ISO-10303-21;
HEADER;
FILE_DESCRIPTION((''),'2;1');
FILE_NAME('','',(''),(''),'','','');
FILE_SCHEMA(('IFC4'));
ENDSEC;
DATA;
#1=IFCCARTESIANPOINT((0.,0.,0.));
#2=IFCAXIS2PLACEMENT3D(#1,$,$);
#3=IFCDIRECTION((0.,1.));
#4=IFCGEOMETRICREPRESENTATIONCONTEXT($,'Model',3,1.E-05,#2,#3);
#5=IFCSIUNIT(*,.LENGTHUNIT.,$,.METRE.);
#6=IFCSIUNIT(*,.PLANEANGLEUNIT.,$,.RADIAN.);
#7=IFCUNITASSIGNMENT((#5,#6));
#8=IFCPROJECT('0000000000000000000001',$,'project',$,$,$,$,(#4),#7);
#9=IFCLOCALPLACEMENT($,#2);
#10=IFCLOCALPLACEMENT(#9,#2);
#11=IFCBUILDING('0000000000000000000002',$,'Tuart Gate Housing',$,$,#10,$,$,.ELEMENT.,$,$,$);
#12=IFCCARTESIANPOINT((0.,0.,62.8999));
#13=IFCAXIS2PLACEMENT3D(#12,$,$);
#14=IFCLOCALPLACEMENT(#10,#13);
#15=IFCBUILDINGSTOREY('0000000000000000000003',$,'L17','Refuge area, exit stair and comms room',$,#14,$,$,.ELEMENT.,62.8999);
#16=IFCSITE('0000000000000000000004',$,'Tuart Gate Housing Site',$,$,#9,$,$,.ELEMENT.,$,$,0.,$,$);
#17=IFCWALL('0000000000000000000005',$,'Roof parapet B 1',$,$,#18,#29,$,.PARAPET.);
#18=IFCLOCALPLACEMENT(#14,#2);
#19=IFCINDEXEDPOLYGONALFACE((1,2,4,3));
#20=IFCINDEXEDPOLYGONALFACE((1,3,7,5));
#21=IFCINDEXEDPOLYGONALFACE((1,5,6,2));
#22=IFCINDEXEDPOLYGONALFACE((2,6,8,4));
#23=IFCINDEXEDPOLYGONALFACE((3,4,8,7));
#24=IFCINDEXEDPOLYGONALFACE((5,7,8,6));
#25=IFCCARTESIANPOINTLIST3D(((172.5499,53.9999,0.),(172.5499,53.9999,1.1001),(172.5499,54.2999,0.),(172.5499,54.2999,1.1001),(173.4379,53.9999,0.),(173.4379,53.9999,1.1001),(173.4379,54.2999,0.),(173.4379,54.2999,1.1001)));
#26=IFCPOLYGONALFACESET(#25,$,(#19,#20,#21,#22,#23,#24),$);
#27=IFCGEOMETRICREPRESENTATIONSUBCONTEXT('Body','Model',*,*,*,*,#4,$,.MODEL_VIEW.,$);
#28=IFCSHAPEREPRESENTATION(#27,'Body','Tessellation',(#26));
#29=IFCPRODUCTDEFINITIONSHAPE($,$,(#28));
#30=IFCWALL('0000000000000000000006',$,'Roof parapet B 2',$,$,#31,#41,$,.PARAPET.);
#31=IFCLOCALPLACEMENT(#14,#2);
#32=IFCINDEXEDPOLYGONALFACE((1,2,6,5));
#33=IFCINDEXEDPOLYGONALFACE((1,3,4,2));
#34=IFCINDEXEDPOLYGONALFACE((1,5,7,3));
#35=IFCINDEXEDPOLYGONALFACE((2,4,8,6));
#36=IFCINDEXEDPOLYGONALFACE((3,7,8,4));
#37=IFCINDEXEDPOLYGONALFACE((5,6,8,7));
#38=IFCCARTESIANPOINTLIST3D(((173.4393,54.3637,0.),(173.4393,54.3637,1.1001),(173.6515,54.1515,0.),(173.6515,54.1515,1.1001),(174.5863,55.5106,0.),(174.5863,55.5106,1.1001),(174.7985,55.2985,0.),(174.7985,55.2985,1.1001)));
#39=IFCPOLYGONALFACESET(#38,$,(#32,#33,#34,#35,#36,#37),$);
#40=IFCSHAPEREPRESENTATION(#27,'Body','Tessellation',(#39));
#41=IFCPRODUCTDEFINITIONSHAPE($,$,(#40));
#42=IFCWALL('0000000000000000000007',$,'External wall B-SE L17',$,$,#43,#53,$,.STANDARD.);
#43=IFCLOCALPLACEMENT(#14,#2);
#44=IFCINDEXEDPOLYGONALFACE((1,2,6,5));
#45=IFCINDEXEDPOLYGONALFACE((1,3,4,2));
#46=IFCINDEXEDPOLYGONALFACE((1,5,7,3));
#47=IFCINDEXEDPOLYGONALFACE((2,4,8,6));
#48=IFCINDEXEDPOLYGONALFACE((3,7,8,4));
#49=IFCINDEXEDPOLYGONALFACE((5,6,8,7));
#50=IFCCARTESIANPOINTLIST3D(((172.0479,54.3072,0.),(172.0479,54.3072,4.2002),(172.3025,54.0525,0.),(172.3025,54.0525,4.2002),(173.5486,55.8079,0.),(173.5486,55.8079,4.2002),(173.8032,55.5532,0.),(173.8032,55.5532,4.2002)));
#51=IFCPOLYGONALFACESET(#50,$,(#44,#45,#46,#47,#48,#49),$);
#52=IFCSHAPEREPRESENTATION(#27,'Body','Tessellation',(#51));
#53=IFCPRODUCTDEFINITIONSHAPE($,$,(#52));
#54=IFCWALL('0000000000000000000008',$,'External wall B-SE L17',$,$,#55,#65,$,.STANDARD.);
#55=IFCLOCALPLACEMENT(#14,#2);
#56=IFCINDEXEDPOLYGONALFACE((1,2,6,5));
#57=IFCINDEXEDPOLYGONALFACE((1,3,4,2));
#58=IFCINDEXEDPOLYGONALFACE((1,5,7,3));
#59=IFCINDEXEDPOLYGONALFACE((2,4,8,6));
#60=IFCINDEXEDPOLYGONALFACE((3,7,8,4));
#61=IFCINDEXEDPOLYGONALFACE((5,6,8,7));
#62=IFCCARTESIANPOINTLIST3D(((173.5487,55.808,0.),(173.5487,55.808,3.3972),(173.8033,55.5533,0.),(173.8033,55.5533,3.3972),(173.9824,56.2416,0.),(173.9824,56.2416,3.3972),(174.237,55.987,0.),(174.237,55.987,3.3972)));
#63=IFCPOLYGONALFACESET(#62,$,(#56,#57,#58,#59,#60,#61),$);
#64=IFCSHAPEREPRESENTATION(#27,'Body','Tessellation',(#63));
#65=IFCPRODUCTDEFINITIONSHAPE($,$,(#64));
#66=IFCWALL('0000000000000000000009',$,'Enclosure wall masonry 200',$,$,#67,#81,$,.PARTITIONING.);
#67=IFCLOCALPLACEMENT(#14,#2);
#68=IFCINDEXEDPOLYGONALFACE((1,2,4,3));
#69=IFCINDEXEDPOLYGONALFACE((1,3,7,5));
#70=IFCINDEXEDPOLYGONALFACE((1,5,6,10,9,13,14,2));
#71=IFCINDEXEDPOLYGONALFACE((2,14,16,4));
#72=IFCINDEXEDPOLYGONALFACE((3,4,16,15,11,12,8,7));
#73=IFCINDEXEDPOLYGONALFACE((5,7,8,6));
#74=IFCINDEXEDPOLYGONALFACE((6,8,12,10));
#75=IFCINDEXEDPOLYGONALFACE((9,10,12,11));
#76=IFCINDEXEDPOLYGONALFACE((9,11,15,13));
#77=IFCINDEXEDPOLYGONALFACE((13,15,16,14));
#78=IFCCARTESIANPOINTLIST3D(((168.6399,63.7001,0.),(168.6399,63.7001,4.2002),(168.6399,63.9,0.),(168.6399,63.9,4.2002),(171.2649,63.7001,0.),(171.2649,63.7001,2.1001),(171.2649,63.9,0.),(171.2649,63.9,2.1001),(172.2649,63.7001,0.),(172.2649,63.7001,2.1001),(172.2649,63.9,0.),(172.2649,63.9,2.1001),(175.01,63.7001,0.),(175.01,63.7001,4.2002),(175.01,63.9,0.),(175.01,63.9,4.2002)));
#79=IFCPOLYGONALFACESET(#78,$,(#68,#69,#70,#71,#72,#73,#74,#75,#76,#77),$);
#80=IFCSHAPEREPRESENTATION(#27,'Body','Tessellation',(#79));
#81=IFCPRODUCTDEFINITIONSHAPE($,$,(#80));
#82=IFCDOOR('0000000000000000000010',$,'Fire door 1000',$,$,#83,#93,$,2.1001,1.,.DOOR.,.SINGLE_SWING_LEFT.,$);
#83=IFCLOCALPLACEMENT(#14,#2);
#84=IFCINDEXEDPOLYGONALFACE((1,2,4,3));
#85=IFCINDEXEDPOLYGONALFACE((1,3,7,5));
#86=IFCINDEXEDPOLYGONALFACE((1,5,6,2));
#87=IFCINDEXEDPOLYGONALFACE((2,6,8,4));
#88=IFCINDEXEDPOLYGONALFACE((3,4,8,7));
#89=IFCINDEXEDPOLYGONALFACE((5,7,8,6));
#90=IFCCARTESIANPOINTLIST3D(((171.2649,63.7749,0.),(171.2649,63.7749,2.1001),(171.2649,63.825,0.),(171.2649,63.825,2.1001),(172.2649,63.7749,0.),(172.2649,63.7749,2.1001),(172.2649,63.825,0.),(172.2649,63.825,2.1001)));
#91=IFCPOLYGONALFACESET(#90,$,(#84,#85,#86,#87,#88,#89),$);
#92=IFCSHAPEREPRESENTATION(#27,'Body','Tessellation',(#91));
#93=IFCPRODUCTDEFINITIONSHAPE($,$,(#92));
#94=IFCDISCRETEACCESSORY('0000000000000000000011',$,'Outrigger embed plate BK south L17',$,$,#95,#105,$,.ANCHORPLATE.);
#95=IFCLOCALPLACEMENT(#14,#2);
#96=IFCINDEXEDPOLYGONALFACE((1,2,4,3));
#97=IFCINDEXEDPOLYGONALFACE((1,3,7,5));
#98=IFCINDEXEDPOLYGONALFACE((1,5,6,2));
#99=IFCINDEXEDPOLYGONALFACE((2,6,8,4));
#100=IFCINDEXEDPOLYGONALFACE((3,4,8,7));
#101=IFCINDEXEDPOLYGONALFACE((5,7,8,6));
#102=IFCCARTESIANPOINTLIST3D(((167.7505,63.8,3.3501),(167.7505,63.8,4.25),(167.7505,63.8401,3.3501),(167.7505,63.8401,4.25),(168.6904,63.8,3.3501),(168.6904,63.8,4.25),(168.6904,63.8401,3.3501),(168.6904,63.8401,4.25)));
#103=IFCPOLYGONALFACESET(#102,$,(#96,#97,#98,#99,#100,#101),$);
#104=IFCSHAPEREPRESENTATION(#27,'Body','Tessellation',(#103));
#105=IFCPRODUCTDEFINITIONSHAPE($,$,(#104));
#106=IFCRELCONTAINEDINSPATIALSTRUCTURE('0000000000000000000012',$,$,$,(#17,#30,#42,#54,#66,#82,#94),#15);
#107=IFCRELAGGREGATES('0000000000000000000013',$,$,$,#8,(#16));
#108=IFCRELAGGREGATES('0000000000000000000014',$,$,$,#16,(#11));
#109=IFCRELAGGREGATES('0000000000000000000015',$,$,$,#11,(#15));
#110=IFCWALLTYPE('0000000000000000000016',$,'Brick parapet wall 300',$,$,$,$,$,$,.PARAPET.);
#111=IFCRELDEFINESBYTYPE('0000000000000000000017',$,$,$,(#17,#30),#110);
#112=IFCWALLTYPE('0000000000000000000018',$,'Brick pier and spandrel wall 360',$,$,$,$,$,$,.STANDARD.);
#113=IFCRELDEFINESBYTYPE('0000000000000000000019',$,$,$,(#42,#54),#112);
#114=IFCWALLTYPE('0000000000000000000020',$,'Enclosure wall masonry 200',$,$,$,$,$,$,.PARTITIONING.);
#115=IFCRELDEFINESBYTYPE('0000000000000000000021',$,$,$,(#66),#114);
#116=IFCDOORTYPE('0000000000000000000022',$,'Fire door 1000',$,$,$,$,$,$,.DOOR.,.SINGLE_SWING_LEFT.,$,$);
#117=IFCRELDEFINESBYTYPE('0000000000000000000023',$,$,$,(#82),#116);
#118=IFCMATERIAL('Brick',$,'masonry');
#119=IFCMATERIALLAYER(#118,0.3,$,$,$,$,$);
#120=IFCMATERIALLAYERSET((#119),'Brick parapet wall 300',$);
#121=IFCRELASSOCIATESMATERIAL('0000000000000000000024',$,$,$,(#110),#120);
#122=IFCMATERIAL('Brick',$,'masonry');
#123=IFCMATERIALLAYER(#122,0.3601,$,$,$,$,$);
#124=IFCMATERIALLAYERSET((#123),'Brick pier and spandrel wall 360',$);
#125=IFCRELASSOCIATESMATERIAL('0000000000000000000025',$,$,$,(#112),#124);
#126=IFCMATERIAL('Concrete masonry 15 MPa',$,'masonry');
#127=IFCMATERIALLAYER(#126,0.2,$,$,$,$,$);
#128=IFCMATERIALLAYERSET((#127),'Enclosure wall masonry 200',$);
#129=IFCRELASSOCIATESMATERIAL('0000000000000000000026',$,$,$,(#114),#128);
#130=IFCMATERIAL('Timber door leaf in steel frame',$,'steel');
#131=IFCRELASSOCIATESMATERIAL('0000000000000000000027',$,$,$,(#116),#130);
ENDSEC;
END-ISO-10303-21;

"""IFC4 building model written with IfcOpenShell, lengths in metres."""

from ifc_helpers import new_model, si_unit, direction, frame, frame_2d, origin, origin_2d, place, context, subcontext, project, spatial, rectangle, extrude, material, layer, layer_set, type_object, element, fill, save


model = new_model("IFC4")

# Units and contexts
model_context = context("Model", 3, precision=1e-05, world=origin(), true_north=direction((0.0, 1.0)))
body_context = subcontext(model_context, "Body", "Model", "MODEL_VIEW")
ifc_project = project(units=[si_unit("LENGTHUNIT", "METRE"), si_unit("PLANEANGLEUNIT", "RADIAN")], contexts=[model_context])

# Site, building, storey
site_placement = place(None, origin())
site = spatial("IfcSite", under=ifc_project, at=site_placement, Name="Tuart Gate Housing Site", CompositionType="ELEMENT", RefElevation=0.0)
building_placement = place(site_placement, origin())
building = spatial("IfcBuilding", under=site, at=building_placement, Name="Tuart Gate Housing", CompositionType="ELEMENT")
storey_placement = place(building_placement, frame((0.0, 0.0, 62.8999)))
storey = spatial("IfcBuildingStorey", under=building, at=storey_placement, Name="L17", Description="Refuge area, exit stair and comms room", CompositionType="ELEMENT", Elevation=62.8999)

# Walls
ifc_material_1 = material(Name="Brick", Category="masonry")
ifc_layer_1 = layer(ifc_material_1, 0.3)
ifc_layer_set_1 = layer_set([ifc_layer_1], Name="Brick parapet wall 300")
wall_type_1 = type_object("IfcWallType", Name="Brick parapet wall 300", PredefinedType="PARAPET", material=ifc_layer_set_1)
wall_1_placement = place(storey_placement, frame((172.55, 54.1499, 0.0), z_axis=(0.0, 0.0, 1.0), x_axis=(1.0, 0.0, 0.0)))
element("IfcWall", 1, at=wall_1_placement, inside=storey, type_object=wall_type_1, Name="Roof parapet B 1", PredefinedType="PARAPET", context=body_context, shape_type="SweptSolid", body=[
    extrude(rectangle(XDim=0.8879, YDim=0.3, at=frame_2d((0.4438, 0.0))), origin(), (0.0, 0.0, 1.0), 1.1001),
])
wall_2_placement = place(storey_placement, frame((173.5454, 54.2576, 0.0), z_axis=(0.0, 0.0, 1.0), x_axis=(0.707107, 0.707107, 0.0)))
element("IfcWall", 2, at=wall_2_placement, inside=storey, type_object=wall_type_1, Name="Roof parapet B 2", PredefinedType="PARAPET", context=body_context, shape_type="SweptSolid", body=[
    extrude(rectangle(XDim=1.6221, YDim=0.3, at=frame_2d((0.811, 0.0))), origin(), (0.0, 0.0, 1.0), 1.1001),
])
ifc_material_2 = material(Name="Brick", Category="masonry")
ifc_layer_2 = layer(ifc_material_2, 0.3601)
ifc_layer_set_2 = layer_set([ifc_layer_2], Name="Brick pier and spandrel wall 360")
wall_type_2 = type_object("IfcWallType", Name="Brick pier and spandrel wall 360", PredefinedType="STANDARD", material=ifc_layer_set_2)
wall_3_placement = place(storey_placement, frame((172.1753, 54.1799, 0.0), z_axis=(0.0, 0.0, 1.0), x_axis=(0.707107, 0.707107, 0.0)))
element("IfcWall", 3, at=wall_3_placement, inside=storey, type_object=wall_type_2, Name="External wall B-SE L17", PredefinedType="STANDARD", context=body_context, shape_type="SweptSolid", body=[
    extrude(rectangle(XDim=2.1223, YDim=0.3601, at=frame_2d((1.061, 0.0))), origin(), (0.0, 0.0, 1.0), 4.2002),
])
wall_4_placement = place(storey_placement, frame((173.676, 55.6807, 0.0), z_axis=(0.0, 0.0, 1.0), x_axis=(0.707107, 0.707107, 0.0)))
element("IfcWall", 4, at=wall_4_placement, inside=storey, type_object=wall_type_2, Name="External wall B-SE L17", PredefinedType="STANDARD", context=body_context, shape_type="SweptSolid", body=[
    extrude(rectangle(XDim=0.6133, YDim=0.3601, at=frame_2d((0.3066, 0.0))), origin(), (0.0, 0.0, 1.0), 3.3972),
])

# Wall, opening, door
ifc_material_3 = material(Name="Concrete masonry 15 MPa", Category="masonry")
ifc_layer_3 = layer(ifc_material_3, 0.2)
ifc_layer_set_3 = layer_set([ifc_layer_3], Name="Enclosure wall masonry 200")
wall_type_3 = type_object("IfcWallType", Name="Enclosure wall masonry 200", PredefinedType="PARTITIONING", material=ifc_layer_set_3)
wall_5_placement = place(storey_placement, frame((168.6399, 63.8, 0.0), z_axis=(0.0, 0.0, 1.0), x_axis=(1.0, 0.0, 0.0)))
wall_5 = element("IfcWall", 5, at=wall_5_placement, inside=storey, type_object=wall_type_3, Name="Enclosure wall masonry 200", PredefinedType="PARTITIONING", context=body_context, shape_type="SweptSolid", body=[
    extrude(rectangle(XDim=6.3701, YDim=0.2, at=frame_2d((3.1851, 0.0))), origin(), (0.0, 0.0, 1.0), 4.2002),
])
opening_placement = place(wall_5_placement, frame((2.625, 0.0, 0.0)))
opening = element("IfcOpeningElement", 6, at=opening_placement, cuts=wall_5, PredefinedType="OPENING", context=body_context, shape_type="SweptSolid", body=[
    extrude(rectangle(XDim=1.0, YDim=2.1001, at=frame_2d((0.5, 1.05))), frame((0.0, 0.1099, 0.0), z_axis=(0.0, -1.0, 0.0), x_axis=(1.0, 0.0, 0.0)), (0.0, 0.0, 1.0), 0.22),
])
ifc_material_4 = material(Name="Timber door leaf in steel frame", Category="steel")
door_type = type_object("IfcDoorType", Name="Fire door 1000", OperationType="SINGLE_SWING_LEFT", PredefinedType="DOOR", material=ifc_material_4)
door_placement = place(opening_placement, origin())
door = element("IfcDoor", 7, at=door_placement, inside=storey, type_object=door_type, Name="Fire door 1000", OperationType="SINGLE_SWING_LEFT", OverallHeight=2.1001, OverallWidth=1.0, PredefinedType="DOOR", context=body_context, shape_type="SweptSolid", body=[
    extrude(rectangle(XDim=1.0, YDim=2.1001, at=frame_2d((0.5, 1.05))), frame((0.0, 0.0249, 0.0), z_axis=(0.0, -1.0, 0.0), x_axis=(1.0, 0.0, 0.0)), (0.0, 0.0, 1.0), 0.05),
])
fill(opening, door)

# Discrete accessory
discrete_accessory_placement = place(storey_placement, frame((168.2205, 63.8201, 3.3501), z_axis=(0.0, 0.0, 1.0), x_axis=(1.0, 0.0, 0.0)))
element("IfcDiscreteAccessory", 8, at=discrete_accessory_placement, inside=storey, Name="Outrigger embed plate BK south L17", PredefinedType="ANCHORPLATE", context=body_context, shape_type="SweptSolid", body=[
    extrude(rectangle(XDim=0.9399, YDim=0.04, at=origin_2d()), origin(), (0.0, 0.0, 1.0), 0.8999),
])

save(model, "model.ifc")
